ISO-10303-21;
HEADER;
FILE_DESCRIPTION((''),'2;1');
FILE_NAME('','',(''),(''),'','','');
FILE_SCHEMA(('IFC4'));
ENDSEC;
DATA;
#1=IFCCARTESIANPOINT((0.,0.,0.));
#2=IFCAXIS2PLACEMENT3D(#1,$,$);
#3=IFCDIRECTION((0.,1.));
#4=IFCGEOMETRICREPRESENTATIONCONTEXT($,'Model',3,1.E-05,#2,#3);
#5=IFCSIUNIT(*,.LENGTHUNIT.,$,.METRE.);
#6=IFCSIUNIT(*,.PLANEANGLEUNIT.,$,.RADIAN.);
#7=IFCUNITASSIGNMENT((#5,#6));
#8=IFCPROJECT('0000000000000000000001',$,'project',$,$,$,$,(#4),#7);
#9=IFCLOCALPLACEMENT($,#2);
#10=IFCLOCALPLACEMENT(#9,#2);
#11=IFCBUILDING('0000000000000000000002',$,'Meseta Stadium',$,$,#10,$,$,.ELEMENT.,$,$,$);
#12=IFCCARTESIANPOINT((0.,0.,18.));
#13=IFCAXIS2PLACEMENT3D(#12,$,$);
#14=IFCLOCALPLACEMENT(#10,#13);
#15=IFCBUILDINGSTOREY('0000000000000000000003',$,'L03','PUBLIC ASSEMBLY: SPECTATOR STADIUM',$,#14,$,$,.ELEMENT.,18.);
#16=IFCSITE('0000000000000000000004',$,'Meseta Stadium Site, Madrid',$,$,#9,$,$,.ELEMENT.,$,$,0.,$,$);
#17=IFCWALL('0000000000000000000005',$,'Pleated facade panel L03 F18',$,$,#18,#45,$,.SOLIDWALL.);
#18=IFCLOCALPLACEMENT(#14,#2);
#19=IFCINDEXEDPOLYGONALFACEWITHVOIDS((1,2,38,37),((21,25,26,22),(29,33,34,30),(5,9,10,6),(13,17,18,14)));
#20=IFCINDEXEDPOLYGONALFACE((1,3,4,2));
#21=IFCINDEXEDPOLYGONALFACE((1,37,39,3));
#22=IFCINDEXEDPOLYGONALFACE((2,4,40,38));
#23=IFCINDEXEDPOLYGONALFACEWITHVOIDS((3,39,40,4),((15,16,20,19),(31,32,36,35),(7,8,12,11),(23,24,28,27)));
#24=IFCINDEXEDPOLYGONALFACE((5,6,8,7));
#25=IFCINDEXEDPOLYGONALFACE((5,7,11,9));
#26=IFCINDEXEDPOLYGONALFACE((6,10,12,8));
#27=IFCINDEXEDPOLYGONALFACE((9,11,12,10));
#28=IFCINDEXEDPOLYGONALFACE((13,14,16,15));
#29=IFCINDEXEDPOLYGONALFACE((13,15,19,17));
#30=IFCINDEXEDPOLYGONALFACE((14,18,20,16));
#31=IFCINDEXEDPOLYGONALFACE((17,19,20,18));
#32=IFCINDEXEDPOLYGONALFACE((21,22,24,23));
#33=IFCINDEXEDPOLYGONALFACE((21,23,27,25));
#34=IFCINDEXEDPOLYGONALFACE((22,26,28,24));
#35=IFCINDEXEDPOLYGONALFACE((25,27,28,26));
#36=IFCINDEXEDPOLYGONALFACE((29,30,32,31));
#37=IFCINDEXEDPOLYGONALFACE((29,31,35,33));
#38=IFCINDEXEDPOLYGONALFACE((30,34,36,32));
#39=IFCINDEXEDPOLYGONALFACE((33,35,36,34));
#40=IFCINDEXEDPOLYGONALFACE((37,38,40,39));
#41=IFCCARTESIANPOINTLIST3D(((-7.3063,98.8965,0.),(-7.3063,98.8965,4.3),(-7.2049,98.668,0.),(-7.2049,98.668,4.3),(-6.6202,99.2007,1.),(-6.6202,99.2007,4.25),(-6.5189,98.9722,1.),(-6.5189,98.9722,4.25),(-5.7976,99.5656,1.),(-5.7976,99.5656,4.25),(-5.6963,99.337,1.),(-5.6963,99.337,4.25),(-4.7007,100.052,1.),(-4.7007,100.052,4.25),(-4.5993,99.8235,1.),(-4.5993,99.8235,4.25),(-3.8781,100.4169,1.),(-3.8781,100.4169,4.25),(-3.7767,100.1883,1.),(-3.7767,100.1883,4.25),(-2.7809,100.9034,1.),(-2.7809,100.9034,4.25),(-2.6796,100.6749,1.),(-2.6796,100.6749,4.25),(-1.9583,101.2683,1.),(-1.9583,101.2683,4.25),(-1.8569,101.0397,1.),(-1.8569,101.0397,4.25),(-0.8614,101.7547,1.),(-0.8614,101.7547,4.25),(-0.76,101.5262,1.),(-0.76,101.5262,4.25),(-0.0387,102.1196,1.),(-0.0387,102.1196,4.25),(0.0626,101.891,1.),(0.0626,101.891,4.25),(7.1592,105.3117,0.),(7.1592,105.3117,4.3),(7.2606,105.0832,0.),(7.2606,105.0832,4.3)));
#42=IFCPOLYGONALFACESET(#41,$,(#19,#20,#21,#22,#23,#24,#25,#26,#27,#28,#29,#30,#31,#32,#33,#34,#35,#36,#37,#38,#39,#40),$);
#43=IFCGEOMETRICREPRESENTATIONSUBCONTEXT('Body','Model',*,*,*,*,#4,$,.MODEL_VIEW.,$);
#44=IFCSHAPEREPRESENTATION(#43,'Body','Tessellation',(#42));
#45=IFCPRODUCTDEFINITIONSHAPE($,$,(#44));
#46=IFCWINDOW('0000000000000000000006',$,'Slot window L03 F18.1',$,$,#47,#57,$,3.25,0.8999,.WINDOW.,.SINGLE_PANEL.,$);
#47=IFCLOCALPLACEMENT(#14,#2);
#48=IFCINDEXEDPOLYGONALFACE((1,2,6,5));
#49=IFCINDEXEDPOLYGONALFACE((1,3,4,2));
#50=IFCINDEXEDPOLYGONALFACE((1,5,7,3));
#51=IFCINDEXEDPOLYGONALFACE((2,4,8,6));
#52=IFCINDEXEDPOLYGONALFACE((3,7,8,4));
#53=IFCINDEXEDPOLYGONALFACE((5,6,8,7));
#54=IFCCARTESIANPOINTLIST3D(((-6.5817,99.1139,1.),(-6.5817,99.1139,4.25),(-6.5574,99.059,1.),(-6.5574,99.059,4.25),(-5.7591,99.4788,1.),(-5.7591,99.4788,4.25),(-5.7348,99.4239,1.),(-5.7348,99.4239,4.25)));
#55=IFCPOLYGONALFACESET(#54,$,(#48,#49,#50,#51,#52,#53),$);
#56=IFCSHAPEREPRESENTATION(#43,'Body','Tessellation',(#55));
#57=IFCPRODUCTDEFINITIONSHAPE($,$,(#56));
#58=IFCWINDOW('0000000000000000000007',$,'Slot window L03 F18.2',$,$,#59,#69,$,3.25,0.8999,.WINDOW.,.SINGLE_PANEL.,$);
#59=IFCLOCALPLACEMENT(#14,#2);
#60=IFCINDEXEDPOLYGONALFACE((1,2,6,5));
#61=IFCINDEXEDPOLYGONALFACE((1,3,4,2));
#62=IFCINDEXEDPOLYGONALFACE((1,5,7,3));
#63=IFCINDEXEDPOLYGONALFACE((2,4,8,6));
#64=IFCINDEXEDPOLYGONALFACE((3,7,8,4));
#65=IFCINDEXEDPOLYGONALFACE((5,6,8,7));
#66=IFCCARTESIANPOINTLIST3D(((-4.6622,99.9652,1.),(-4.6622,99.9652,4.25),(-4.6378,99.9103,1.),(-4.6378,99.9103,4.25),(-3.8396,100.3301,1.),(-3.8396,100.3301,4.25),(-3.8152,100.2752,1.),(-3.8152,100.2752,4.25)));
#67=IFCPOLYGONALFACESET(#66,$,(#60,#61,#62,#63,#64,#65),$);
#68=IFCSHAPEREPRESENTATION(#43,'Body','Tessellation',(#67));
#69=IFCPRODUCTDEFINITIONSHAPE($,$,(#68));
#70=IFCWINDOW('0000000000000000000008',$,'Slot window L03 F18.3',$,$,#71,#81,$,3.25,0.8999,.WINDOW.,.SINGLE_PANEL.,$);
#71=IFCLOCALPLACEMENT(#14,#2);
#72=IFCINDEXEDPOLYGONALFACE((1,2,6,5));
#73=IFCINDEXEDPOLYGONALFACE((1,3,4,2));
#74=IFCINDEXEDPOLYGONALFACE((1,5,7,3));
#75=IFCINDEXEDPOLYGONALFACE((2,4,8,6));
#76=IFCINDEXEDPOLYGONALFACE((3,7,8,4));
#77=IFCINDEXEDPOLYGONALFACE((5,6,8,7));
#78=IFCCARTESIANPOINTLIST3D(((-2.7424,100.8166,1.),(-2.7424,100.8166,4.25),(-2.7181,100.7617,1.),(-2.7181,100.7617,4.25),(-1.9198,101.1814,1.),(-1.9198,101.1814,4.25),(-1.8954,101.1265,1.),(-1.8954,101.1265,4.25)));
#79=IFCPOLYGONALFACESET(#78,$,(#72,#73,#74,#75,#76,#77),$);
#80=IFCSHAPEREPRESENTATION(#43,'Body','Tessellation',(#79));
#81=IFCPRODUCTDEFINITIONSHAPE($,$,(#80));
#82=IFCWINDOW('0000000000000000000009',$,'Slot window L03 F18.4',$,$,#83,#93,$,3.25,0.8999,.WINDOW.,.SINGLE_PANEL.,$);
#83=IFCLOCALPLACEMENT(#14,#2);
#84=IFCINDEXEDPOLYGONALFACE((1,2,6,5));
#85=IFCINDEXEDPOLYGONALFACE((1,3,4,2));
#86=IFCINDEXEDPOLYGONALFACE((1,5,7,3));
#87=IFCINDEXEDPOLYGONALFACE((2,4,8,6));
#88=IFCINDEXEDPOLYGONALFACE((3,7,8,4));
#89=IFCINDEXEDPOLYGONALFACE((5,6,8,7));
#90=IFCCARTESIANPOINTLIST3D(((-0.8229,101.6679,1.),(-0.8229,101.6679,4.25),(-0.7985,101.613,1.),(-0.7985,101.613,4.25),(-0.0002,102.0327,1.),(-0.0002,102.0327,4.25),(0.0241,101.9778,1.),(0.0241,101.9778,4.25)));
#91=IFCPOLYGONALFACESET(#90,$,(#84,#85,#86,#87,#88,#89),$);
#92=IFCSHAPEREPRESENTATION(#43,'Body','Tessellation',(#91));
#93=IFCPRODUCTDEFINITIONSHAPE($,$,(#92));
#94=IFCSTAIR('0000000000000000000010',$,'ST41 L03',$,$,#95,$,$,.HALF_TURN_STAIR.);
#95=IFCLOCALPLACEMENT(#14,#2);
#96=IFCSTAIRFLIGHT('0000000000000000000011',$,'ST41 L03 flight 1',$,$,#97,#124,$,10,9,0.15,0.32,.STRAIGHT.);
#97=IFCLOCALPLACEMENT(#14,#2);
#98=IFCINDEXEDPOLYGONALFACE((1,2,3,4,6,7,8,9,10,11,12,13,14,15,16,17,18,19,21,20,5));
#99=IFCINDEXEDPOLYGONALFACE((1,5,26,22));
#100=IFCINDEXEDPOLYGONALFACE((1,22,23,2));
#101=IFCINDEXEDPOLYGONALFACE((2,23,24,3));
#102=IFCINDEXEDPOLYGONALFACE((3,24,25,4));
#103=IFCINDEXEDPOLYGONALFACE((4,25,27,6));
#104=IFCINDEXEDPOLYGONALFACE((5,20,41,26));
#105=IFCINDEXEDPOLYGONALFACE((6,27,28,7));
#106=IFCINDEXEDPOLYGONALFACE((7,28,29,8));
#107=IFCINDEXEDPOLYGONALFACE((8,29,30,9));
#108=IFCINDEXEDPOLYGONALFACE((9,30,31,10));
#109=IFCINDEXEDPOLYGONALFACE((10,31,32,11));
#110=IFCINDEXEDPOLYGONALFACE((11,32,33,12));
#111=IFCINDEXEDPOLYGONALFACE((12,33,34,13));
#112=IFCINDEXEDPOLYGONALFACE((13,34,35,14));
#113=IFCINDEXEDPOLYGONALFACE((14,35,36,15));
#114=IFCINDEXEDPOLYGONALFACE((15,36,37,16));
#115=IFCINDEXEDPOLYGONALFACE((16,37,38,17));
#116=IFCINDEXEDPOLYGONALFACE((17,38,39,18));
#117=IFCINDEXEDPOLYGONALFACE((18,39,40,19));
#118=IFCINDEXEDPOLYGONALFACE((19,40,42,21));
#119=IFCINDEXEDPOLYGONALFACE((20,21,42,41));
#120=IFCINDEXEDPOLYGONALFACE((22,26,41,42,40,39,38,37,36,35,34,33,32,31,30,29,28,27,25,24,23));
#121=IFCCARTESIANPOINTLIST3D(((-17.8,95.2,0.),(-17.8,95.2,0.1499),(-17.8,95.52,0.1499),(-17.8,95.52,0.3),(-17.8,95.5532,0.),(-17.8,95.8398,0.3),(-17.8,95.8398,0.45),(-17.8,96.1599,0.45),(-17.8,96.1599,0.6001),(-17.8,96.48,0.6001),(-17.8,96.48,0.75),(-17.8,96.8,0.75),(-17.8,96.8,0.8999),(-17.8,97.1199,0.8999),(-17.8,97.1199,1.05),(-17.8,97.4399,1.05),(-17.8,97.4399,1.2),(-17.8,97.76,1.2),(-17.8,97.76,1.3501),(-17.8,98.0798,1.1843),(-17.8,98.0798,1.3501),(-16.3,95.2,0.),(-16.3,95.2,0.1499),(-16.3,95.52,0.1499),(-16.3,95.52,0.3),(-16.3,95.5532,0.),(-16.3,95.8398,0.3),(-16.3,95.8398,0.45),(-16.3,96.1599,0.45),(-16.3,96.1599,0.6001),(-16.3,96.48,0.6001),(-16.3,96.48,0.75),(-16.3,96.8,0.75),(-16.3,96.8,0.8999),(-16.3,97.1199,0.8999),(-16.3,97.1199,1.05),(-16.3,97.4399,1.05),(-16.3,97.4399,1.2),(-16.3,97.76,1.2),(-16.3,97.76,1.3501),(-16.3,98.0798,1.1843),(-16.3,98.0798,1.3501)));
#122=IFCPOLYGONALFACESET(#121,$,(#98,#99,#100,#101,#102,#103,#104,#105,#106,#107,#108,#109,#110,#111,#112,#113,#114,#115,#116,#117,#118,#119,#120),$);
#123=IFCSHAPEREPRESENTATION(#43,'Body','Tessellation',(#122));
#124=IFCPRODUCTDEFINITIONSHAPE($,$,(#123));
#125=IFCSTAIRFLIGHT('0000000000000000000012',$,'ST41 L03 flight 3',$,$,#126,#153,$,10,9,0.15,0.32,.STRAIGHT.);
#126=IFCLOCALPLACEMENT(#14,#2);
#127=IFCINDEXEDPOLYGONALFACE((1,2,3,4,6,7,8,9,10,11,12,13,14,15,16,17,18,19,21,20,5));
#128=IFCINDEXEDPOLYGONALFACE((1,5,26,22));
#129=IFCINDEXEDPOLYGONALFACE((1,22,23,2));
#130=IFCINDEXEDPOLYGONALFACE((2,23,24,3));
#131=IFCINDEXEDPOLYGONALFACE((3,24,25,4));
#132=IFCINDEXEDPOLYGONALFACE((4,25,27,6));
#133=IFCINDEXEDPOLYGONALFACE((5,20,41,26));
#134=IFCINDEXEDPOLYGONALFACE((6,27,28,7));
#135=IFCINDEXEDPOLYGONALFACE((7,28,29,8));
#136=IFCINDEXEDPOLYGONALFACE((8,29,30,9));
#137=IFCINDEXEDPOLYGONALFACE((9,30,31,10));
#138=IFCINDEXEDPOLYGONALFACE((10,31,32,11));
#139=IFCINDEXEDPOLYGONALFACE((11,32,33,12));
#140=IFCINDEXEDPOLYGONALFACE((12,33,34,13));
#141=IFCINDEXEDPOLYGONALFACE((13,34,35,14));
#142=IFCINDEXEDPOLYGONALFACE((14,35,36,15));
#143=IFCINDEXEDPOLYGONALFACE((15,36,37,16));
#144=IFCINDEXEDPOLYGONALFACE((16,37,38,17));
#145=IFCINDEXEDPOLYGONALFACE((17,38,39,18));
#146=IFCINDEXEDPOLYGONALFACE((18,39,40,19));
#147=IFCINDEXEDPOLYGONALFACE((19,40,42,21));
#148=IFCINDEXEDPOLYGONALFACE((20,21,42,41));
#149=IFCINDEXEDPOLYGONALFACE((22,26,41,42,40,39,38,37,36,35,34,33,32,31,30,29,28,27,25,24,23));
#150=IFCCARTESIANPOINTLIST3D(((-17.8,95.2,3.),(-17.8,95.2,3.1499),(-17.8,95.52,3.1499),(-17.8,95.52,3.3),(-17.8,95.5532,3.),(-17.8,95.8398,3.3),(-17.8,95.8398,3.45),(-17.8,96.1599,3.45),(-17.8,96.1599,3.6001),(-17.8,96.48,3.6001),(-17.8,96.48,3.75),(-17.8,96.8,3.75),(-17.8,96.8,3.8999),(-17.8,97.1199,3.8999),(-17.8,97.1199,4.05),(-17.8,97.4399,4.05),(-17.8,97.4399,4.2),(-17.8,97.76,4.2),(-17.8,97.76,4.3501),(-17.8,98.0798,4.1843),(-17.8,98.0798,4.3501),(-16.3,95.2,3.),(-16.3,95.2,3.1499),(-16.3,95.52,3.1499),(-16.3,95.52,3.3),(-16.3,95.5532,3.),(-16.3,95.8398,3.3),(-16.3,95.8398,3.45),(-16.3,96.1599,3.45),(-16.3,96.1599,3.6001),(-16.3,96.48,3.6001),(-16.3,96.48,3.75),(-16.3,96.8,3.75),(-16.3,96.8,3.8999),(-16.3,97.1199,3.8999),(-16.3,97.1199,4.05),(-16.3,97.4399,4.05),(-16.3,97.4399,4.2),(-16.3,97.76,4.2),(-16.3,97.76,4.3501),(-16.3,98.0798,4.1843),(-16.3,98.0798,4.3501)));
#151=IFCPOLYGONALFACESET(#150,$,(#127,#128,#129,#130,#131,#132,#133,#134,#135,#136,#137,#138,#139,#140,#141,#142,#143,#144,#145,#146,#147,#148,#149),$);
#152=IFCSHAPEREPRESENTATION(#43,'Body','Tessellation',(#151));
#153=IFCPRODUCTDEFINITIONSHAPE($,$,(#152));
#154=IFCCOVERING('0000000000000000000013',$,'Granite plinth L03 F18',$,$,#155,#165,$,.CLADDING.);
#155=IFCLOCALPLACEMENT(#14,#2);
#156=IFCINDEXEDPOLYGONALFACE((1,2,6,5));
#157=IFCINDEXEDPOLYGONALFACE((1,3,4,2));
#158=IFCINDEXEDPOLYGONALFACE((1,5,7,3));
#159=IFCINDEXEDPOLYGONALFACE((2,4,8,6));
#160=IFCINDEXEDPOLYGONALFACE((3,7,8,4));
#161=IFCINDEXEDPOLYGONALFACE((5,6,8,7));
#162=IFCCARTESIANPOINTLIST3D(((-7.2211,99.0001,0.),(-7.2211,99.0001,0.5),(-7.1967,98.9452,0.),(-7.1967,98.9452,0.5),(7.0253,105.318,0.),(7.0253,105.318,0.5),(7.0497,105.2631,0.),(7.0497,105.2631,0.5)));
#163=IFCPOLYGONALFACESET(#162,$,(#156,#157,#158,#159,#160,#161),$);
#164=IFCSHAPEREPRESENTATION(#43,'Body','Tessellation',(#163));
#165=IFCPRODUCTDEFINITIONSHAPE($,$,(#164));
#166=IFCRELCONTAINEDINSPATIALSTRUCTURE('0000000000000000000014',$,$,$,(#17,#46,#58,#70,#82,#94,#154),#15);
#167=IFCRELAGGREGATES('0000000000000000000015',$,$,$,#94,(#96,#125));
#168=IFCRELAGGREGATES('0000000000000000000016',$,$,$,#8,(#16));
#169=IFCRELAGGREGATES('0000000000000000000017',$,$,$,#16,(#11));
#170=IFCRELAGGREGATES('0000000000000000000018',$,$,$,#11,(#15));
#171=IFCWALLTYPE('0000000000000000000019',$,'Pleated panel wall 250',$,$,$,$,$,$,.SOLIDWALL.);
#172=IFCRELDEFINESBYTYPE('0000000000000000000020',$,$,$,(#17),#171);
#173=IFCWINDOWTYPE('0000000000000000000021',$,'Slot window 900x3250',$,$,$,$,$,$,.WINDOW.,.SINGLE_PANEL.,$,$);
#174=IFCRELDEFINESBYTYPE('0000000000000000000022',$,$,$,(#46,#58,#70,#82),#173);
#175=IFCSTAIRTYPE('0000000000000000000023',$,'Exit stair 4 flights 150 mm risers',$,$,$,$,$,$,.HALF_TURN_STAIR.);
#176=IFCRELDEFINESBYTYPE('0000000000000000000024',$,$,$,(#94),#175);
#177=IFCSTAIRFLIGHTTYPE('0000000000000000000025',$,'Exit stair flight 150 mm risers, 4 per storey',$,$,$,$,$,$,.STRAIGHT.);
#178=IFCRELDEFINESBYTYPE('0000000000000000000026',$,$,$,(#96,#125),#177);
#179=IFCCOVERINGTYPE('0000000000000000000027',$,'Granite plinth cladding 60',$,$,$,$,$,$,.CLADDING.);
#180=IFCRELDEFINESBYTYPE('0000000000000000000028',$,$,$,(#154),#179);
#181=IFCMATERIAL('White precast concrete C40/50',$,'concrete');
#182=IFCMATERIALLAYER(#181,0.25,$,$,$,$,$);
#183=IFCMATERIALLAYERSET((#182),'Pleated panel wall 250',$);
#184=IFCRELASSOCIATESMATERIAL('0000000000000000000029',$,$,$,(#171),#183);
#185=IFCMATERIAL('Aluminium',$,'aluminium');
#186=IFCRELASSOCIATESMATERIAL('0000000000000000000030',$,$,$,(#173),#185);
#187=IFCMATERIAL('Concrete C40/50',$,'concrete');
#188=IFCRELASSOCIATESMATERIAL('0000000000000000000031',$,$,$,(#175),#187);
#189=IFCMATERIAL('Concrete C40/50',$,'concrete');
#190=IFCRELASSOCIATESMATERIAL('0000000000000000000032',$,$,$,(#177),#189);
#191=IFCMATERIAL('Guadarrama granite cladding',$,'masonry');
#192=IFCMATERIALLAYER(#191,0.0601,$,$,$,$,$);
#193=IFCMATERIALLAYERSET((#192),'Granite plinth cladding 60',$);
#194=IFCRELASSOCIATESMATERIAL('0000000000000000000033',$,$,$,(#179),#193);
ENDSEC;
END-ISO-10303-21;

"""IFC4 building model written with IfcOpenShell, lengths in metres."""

from ifc_helpers import new_model, si_unit, direction, frame, frame_2d, origin, origin_2d, place, context, subcontext, project, spatial, polyline, rectangle, outline, extrude, material, layer, layer_set, type_object, element, fill, aggregate, save


model = new_model("IFC4")

# Units and contexts
model_context = context("Model", 3, precision=1e-05, world=origin(), true_north=direction((0.0, 1.0)))
body_context = subcontext(model_context, "Body", "Model", "MODEL_VIEW")
ifc_project = project(units=[si_unit("LENGTHUNIT", "METRE"), si_unit("PLANEANGLEUNIT", "RADIAN")], contexts=[model_context])

# Site, building, storey
site_placement = place(None, origin())
site = spatial("IfcSite", under=ifc_project, at=site_placement, Name="Meseta Stadium Site, Madrid", CompositionType="ELEMENT", RefElevation=0.0)
building_placement = place(site_placement, origin())
building = spatial("IfcBuilding", under=site, at=building_placement, Name="Meseta Stadium", CompositionType="ELEMENT")
storey_placement = place(building_placement, frame((0.0, 0.0, 18.0)))
storey = spatial("IfcBuildingStorey", under=building, at=storey_placement, Name="L03", Description="PUBLIC ASSEMBLY: SPECTATOR STADIUM", CompositionType="ELEMENT", Elevation=18.0)

# Wall, openings, windows
ifc_material_1 = material(Name="White precast concrete C40/50", Category="concrete")
ifc_layer_1 = layer(ifc_material_1, 0.25)
ifc_layer_set_1 = layer_set([ifc_layer_1], Name="Pleated panel wall 250")
wall_type_1 = type_object("IfcWallType", Name="Pleated panel wall 250", PredefinedType="SOLIDWALL", material=ifc_layer_set_1)
wall_1_placement = place(storey_placement, frame((-7.2556, 98.7822, 0.0), z_axis=(0.0, 0.0, 1.0), x_axis=(0.914136, 0.405407, 0.0)))
wall_1 = element("IfcWall", 1, at=wall_1_placement, inside=storey, type_object=wall_type_1, Name="Pleated facade panel L03 F18", PredefinedType="SOLIDWALL", context=body_context, shape_type="SweptSolid", body=[
    extrude(rectangle(XDim=15.8242, YDim=0.25, at=frame_2d((7.9121, 0.0))), origin(), (0.0, 0.0, 1.0), 4.3),
])
opening_1_placement = place(wall_1_placement, frame((0.7505, 0.0, 1.0)))
opening_1 = element("IfcOpeningElement", 2, at=opening_1_placement, cuts=wall_1, PredefinedType="OPENING", context=body_context, shape_type="SweptSolid", body=[
    extrude(rectangle(XDim=0.8999, YDim=3.25, at=frame_2d((0.45, 1.625))), frame((0.0, 0.135, 0.0), z_axis=(0.0, -1.0, 0.0), x_axis=(1.0, 0.0, 0.0)), (0.0, 0.0, 1.0), 0.27),
])
opening_2_placement = place(wall_1_placement, frame((2.8503, 0.0, 1.0)))
opening_2 = element("IfcOpeningElement", 3, at=opening_2_placement, cuts=wall_1, PredefinedType="OPENING", context=body_context, shape_type="SweptSolid", body=[
    extrude(rectangle(XDim=0.8999, YDim=3.25, at=frame_2d((0.45, 1.625))), frame((0.0, 0.135, 0.0), z_axis=(0.0, -1.0, 0.0), x_axis=(1.0, 0.0, 0.0)), (0.0, 0.0, 1.0), 0.27),
])
opening_3_placement = place(wall_1_placement, frame((4.9504, 0.0, 1.0)))
opening_3 = element("IfcOpeningElement", 4, at=opening_3_placement, cuts=wall_1, PredefinedType="OPENING", context=body_context, shape_type="SweptSolid", body=[
    extrude(rectangle(XDim=0.8999, YDim=3.25, at=frame_2d((0.45, 1.625))), frame((0.0, 0.135, 0.0), z_axis=(0.0, -1.0, 0.0), x_axis=(1.0, 0.0, 0.0)), (0.0, 0.0, 1.0), 0.27),
])
opening_4_placement = place(wall_1_placement, frame((7.0503, 0.0, 1.0)))
opening_4 = element("IfcOpeningElement", 5, at=opening_4_placement, cuts=wall_1, PredefinedType="OPENING", context=body_context, shape_type="SweptSolid", body=[
    extrude(rectangle(XDim=0.8999, YDim=3.25, at=frame_2d((0.45, 1.625))), frame((0.0, 0.135, 0.0), z_axis=(0.0, -1.0, 0.0), x_axis=(1.0, 0.0, 0.0)), (0.0, 0.0, 1.0), 0.27),
])
ifc_material_2 = material(Name="Aluminium", Category="aluminium")
window_type = type_object("IfcWindowType", Name="Slot window 900x3250", PartitioningType="SINGLE_PANEL", PredefinedType="WINDOW", material=ifc_material_2)
window_1_placement = place(opening_1_placement, origin())
window_1 = element("IfcWindow", 6, at=window_1_placement, inside=storey, type_object=window_type, Name="Slot window L03 F18.1", OverallHeight=3.25, OverallWidth=0.8999, PartitioningType="SINGLE_PANEL", PredefinedType="WINDOW", context=body_context, shape_type="SweptSolid", body=[
    extrude(rectangle(XDim=0.8999, YDim=3.25, at=frame_2d((0.45, 1.625))), frame((0.0, 0.03, 0.0), z_axis=(0.0, -1.0, 0.0), x_axis=(1.0, 0.0, 0.0)), (0.0, 0.0, 1.0), 0.0601),
])
fill(opening_1, window_1)
window_2_placement = place(opening_2_placement, origin())
window_2 = element("IfcWindow", 7, at=window_2_placement, inside=storey, type_object=window_type, Name="Slot window L03 F18.2", OverallHeight=3.25, OverallWidth=0.8999, PartitioningType="SINGLE_PANEL", PredefinedType="WINDOW", context=body_context, shape_type="SweptSolid", body=[
    extrude(rectangle(XDim=0.8999, YDim=3.25, at=frame_2d((0.45, 1.625))), frame((0.0, 0.03, 0.0), z_axis=(0.0, -1.0, 0.0), x_axis=(1.0, 0.0, 0.0)), (0.0, 0.0, 1.0), 0.0601),
])
fill(opening_2, window_2)
window_3_placement = place(opening_3_placement, origin())
window_3 = element("IfcWindow", 8, at=window_3_placement, inside=storey, type_object=window_type, Name="Slot window L03 F18.3", OverallHeight=3.25, OverallWidth=0.8999, PartitioningType="SINGLE_PANEL", PredefinedType="WINDOW", context=body_context, shape_type="SweptSolid", body=[
    extrude(rectangle(XDim=0.8999, YDim=3.25, at=frame_2d((0.45, 1.625))), frame((0.0, 0.03, 0.0), z_axis=(0.0, -1.0, 0.0), x_axis=(1.0, 0.0, 0.0)), (0.0, 0.0, 1.0), 0.0601),
])
fill(opening_3, window_3)
window_4_placement = place(opening_4_placement, origin())
window_4 = element("IfcWindow", 9, at=window_4_placement, inside=storey, type_object=window_type, Name="Slot window L03 F18.4", OverallHeight=3.25, OverallWidth=0.8999, PartitioningType="SINGLE_PANEL", PredefinedType="WINDOW", context=body_context, shape_type="SweptSolid", body=[
    extrude(rectangle(XDim=0.8999, YDim=3.25, at=frame_2d((0.45, 1.625))), frame((0.0, 0.03, 0.0), z_axis=(0.0, -1.0, 0.0), x_axis=(1.0, 0.0, 0.0)), (0.0, 0.0, 1.0), 0.0601),
])
fill(opening_4, window_4)

# Stair, stair flights
ifc_material_3 = material(Name="Concrete C40/50", Category="concrete")
stair_type = type_object("IfcStairType", Name="Exit stair 4 flights 150 mm risers", PredefinedType="HALF_TURN_STAIR", material=ifc_material_3)
stair_placement = place(storey_placement, origin())
stair = element("IfcStair", 10, at=stair_placement, inside=storey, type_object=stair_type, Name="ST41 L03", PredefinedType="HALF_TURN_STAIR")
ifc_material_4 = material(Name="Concrete C40/50", Category="concrete")
stair_flight_type = type_object("IfcStairFlightType", Name="Exit stair flight 150 mm risers, 4 per storey", PredefinedType="STRAIGHT", material=ifc_material_4)
stair_flight_1_placement = place(storey_placement, frame((-17.05, 95.2, 0.0), z_axis=(0.0, 0.0, 1.0), x_axis=(0.0, 1.0, 0.0)))
stair_flight_1 = element("IfcStairFlight", 11, at=stair_flight_1_placement, type_object=stair_flight_type, Name="ST41 L03 flight 1", NumberOfRisers=10, NumberOfTreads=9, PredefinedType="STRAIGHT", RiserHeight=0.15, TreadLength=0.32, context=body_context, shape_type="SweptSolid", body=[
    extrude(outline(polyline([(0.0, 0.0), (0.0, 0.1499), (0.3201, 0.1499), (0.3201, 0.3), (0.6399, 0.3), (0.6399, 0.45), (0.96, 0.45), (0.96, 0.6001), (1.28, 0.6001), (1.28, 0.75), (1.6001, 0.75), (1.6001, 0.8999), (1.9199, 0.8999), (1.9199, 1.05), (2.24, 1.05), (2.24, 1.2), (2.5601, 1.2), (2.5601, 1.3501), (2.8799, 1.3501), (2.8799, 1.1843), (0.3533, 0.0), (0.0, 0.0)])), frame((0.0, 0.75, 0.0), z_axis=(0.0, -1.0, 0.0), x_axis=(1.0, 0.0, 0.0)), (0.0, 0.0, 1.0), 1.5),
])
stair_flight_2_placement = place(storey_placement, frame((-17.05, 95.2, 3.0), z_axis=(0.0, 0.0, 1.0), x_axis=(0.0, 1.0, 0.0)))
stair_flight_2 = element("IfcStairFlight", 12, at=stair_flight_2_placement, type_object=stair_flight_type, Name="ST41 L03 flight 3", NumberOfRisers=10, NumberOfTreads=9, PredefinedType="STRAIGHT", RiserHeight=0.15, TreadLength=0.32, context=body_context, shape_type="SweptSolid", body=[
    extrude(outline(polyline([(0.0, 0.0), (0.0, 0.1499), (0.3201, 0.1499), (0.3201, 0.3), (0.6399, 0.3), (0.6399, 0.45), (0.96, 0.45), (0.96, 0.6001), (1.28, 0.6001), (1.28, 0.75), (1.6001, 0.75), (1.6001, 0.8999), (1.9199, 0.8999), (1.9199, 1.05), (2.24, 1.05), (2.24, 1.2), (2.5601, 1.2), (2.5601, 1.3501), (2.8799, 1.3501), (2.8799, 1.1843), (0.3533, 0.0), (0.0, 0.0)])), frame((0.0, 0.75, 0.0), z_axis=(0.0, -1.0, 0.0), x_axis=(1.0, 0.0, 0.0)), (0.0, 0.0, 1.0), 1.5),
])
aggregate(stair, [stair_flight_1, stair_flight_2])

# Covering
ifc_material_5 = material(Name="Guadarrama granite cladding", Category="masonry")
ifc_layer_2 = layer(ifc_material_5, 0.0601)
ifc_layer_set_2 = layer_set([ifc_layer_2], Name="Granite plinth cladding 60")
covering_type_1 = type_object("IfcCoveringType", Name="Granite plinth cladding 60", PredefinedType="CLADDING", material=ifc_layer_set_2)
for number, where, z_axis, x_axis, name in (
    (13, (-0.0857, 102.1316, 0.0), (0.0, 0.0, 1.0), (0.914139, 0.4054, 0.0), "Granite plinth L03 F18"),
):
    element("IfcCovering", number, at=place(storey_placement, frame(where, z_axis=z_axis, x_axis=x_axis)), inside=storey, type_object=covering_type_1, Name=name, PredefinedType="CLADDING", context=body_context, shape_type="SweptSolid", body=[
        extrude(rectangle(XDim=15.5845, YDim=0.0601, at=origin_2d()), origin(), (0.0, 0.0, 1.0), 0.5),
    ])

save(model, "model.ifc")
